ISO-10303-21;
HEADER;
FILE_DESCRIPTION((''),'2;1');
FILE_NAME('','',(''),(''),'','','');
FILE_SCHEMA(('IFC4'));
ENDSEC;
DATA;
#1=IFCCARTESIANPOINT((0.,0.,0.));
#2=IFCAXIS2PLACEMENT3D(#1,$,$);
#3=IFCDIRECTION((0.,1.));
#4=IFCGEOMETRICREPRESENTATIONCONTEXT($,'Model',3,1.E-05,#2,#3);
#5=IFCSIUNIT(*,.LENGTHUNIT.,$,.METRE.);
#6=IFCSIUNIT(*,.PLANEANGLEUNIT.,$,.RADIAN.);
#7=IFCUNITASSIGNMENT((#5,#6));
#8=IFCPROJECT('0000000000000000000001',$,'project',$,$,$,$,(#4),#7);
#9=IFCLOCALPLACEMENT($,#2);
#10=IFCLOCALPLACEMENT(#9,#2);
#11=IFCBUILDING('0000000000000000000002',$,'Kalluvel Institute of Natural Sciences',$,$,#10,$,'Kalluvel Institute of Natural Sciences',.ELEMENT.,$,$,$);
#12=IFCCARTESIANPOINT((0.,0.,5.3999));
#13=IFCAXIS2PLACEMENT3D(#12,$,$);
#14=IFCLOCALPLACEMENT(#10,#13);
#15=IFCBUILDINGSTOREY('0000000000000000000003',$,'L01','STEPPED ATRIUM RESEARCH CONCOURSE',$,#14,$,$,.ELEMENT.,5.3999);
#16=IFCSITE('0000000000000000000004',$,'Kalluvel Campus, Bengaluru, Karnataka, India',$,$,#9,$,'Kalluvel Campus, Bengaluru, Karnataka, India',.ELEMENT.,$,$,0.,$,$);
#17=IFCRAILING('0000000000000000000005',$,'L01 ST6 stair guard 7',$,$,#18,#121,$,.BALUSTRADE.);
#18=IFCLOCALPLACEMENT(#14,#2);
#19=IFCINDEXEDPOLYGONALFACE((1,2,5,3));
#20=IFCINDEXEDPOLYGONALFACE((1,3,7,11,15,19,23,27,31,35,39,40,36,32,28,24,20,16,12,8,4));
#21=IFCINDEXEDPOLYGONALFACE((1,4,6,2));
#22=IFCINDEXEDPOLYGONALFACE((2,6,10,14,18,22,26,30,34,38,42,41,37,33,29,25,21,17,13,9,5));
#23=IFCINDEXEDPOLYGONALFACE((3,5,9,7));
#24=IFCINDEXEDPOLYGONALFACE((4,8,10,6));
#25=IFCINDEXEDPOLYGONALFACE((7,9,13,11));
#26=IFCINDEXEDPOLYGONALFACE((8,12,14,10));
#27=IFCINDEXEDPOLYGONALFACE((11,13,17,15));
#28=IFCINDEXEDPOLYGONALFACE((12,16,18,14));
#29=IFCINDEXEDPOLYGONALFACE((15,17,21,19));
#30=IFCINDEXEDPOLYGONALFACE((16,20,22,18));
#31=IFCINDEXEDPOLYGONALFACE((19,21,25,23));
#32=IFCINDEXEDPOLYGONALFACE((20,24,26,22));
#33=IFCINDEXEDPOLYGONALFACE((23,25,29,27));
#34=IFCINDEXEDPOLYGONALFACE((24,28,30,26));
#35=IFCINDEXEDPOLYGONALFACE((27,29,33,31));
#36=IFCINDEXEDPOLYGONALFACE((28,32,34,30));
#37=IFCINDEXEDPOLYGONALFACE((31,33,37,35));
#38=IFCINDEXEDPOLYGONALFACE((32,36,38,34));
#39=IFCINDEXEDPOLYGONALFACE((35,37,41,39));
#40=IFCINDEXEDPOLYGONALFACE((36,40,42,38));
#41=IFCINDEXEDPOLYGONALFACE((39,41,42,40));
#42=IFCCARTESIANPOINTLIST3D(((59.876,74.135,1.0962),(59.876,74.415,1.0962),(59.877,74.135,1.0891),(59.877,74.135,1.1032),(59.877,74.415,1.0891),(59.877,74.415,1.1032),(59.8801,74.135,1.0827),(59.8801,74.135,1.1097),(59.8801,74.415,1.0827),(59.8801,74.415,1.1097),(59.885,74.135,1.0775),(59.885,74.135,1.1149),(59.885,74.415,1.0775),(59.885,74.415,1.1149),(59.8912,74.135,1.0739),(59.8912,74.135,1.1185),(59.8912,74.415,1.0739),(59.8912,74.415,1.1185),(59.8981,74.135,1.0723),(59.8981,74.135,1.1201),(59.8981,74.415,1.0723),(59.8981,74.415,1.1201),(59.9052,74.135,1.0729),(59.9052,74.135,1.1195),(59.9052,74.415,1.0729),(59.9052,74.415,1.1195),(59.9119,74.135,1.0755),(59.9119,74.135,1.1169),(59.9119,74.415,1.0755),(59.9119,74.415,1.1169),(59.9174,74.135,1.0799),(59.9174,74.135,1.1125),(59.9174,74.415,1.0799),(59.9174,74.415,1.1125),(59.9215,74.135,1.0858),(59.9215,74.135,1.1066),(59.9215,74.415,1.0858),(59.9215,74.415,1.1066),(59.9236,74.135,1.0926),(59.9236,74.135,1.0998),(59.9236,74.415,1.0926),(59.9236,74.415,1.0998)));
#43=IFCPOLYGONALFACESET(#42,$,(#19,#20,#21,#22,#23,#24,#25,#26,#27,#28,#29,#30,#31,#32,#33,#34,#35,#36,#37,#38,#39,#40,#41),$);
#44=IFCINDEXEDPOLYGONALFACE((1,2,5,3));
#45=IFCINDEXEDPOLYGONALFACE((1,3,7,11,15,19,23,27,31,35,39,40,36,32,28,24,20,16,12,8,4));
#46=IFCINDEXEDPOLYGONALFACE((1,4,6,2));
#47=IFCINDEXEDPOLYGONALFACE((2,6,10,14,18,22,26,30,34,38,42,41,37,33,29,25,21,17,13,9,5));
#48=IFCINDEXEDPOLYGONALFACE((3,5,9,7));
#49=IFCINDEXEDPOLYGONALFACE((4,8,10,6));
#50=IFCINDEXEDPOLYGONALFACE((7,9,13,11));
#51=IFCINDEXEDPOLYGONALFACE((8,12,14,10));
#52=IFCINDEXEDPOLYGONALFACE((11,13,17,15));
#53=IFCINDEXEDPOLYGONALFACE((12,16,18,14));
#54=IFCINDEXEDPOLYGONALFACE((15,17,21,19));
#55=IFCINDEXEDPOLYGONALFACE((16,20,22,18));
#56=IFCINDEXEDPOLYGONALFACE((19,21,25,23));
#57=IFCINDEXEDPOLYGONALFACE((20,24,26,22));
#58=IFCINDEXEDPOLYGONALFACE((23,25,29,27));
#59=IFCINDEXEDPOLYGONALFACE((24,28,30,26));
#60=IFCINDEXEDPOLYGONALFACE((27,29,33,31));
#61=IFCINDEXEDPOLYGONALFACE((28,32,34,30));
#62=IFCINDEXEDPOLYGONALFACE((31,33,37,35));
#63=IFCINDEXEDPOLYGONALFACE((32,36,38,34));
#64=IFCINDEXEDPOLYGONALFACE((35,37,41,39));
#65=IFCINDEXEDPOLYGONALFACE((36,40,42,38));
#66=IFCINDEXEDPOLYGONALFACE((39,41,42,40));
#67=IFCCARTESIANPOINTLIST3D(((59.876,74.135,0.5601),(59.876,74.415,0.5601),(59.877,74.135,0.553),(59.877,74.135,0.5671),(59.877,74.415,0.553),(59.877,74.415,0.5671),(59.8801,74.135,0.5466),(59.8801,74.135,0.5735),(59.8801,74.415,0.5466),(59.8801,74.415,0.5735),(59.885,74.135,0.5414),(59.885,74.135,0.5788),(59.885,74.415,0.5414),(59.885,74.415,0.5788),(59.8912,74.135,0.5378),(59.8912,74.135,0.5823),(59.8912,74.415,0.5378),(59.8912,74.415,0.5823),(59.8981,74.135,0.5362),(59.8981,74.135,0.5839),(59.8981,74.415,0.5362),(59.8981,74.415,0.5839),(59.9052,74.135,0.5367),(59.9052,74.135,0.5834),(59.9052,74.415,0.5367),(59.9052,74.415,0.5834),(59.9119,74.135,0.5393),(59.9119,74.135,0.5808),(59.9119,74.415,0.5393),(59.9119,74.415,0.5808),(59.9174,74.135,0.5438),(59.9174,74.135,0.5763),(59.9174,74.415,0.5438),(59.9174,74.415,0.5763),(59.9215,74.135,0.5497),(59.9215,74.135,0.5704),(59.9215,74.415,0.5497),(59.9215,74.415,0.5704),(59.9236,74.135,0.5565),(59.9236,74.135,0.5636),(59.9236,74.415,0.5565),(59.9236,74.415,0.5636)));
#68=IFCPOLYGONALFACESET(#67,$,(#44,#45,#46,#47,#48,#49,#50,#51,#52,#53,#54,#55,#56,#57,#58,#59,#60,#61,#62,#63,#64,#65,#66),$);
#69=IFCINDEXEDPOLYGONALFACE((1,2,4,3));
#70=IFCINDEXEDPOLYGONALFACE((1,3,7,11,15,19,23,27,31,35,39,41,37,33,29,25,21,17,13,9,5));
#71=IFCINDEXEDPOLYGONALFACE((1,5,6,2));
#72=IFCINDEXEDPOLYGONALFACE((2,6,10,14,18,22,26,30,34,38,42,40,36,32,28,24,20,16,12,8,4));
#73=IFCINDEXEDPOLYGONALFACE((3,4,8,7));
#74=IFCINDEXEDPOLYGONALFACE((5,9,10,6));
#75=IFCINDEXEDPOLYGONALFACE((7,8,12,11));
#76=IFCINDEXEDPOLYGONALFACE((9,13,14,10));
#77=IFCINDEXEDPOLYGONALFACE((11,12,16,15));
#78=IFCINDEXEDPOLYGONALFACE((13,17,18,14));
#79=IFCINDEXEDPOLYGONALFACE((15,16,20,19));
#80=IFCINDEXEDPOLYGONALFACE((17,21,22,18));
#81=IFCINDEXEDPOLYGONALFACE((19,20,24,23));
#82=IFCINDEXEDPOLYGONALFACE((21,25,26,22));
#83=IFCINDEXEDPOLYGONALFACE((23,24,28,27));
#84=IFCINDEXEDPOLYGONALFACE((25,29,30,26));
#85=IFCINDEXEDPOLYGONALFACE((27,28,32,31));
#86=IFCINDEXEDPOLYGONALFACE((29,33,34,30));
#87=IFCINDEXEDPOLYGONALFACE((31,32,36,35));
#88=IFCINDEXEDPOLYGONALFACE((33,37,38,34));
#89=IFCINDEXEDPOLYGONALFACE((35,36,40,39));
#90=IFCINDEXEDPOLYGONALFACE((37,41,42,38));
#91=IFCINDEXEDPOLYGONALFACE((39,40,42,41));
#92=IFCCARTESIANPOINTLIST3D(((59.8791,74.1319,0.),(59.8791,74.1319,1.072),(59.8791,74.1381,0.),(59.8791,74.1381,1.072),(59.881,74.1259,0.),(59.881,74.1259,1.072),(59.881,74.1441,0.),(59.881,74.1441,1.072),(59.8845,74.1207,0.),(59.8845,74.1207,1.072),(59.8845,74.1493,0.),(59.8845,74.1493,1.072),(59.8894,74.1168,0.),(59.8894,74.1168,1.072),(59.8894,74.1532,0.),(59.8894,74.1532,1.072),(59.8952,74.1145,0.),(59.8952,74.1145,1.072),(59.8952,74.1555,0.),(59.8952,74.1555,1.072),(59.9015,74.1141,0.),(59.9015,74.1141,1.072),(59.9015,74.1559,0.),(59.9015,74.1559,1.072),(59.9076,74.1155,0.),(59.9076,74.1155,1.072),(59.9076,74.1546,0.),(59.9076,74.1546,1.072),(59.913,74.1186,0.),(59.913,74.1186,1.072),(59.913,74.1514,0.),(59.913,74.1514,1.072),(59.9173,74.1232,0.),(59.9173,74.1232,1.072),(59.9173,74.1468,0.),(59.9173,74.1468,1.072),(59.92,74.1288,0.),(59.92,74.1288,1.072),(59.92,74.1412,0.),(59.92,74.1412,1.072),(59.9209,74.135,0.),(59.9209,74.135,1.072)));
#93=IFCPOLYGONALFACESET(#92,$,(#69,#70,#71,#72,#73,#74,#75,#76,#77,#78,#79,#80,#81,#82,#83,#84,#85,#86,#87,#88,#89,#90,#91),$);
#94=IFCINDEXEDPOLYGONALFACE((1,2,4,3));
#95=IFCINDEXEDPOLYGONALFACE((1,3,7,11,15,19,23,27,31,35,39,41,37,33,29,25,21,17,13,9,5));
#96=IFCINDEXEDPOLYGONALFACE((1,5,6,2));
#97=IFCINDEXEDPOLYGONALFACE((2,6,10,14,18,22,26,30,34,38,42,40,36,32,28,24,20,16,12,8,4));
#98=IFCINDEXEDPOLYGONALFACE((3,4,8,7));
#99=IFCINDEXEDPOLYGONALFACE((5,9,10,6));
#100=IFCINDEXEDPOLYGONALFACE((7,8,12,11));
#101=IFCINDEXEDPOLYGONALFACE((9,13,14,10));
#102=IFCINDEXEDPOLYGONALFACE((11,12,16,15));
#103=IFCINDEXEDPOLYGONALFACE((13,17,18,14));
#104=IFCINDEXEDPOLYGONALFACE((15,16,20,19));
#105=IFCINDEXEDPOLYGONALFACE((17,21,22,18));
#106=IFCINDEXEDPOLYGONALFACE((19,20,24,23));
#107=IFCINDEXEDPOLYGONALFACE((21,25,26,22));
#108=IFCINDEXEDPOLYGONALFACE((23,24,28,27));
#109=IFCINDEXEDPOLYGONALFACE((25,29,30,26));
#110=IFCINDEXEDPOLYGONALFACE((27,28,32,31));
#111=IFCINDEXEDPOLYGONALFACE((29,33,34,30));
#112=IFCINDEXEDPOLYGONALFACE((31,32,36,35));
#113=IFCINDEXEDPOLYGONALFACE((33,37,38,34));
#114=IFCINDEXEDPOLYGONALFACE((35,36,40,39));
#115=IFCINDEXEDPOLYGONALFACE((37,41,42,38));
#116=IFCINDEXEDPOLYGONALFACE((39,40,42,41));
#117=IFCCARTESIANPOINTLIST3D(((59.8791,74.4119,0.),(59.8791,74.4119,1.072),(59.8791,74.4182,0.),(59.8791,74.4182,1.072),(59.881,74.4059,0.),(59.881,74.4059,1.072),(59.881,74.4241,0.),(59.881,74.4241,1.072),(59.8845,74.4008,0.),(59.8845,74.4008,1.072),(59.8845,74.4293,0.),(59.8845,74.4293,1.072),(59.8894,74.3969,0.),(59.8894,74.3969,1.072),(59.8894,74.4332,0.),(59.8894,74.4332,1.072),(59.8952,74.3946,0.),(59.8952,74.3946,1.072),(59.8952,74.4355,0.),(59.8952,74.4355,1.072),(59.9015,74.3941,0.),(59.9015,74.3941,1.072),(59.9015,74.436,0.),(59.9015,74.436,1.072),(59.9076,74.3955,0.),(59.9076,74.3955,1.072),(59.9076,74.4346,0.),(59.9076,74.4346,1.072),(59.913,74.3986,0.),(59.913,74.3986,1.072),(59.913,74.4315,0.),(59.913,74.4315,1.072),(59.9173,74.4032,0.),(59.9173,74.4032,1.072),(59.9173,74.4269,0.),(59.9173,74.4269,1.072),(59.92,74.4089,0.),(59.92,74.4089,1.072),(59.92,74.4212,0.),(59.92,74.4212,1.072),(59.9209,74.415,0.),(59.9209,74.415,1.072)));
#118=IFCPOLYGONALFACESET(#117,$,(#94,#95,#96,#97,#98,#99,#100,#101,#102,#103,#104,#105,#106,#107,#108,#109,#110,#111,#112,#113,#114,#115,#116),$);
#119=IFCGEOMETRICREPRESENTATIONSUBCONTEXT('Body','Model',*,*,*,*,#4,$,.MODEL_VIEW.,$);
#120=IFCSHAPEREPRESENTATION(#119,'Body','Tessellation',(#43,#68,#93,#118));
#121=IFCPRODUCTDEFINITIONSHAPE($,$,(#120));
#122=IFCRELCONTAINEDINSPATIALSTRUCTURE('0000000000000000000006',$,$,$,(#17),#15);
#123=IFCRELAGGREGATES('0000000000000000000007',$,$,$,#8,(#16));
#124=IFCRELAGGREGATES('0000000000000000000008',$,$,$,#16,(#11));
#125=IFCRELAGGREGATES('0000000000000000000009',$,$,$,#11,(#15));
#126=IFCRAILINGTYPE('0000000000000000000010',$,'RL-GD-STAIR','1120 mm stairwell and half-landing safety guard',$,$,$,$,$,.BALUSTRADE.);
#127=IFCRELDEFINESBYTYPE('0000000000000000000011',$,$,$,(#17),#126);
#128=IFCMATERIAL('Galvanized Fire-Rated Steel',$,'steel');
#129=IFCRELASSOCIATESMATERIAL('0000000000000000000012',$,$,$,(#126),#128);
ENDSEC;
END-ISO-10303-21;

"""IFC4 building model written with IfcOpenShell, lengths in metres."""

from ifc_helpers import new_model, si_unit, direction, frame, origin, origin_2d, place, context, subcontext, project, spatial, circle, extrude, material, type_object, element, save


model = new_model("IFC4")

# Units and contexts
model_context = context("Model", 3, precision=1e-05, world=origin(), true_north=direction((0.0, 1.0)))
body_context = subcontext(model_context, "Body", "Model", "MODEL_VIEW")
ifc_project = project(units=[si_unit("LENGTHUNIT", "METRE"), si_unit("PLANEANGLEUNIT", "RADIAN")], contexts=[model_context])

# Site, building, storey
site_placement = place(None, origin())
site = spatial("IfcSite", under=ifc_project, at=site_placement, Name="Kalluvel Campus, Bengaluru, Karnataka, India", LongName="Kalluvel Campus, Bengaluru, Karnataka, India", CompositionType="ELEMENT", RefElevation=0.0)
building_placement = place(site_placement, origin())
building = spatial("IfcBuilding", under=site, at=building_placement, Name="Kalluvel Institute of Natural Sciences", LongName="Kalluvel Institute of Natural Sciences", CompositionType="ELEMENT")
storey_placement = place(building_placement, frame((0.0, 0.0, 5.3999)))
storey = spatial("IfcBuildingStorey", under=building, at=storey_placement, Name="L01", Description="STEPPED ATRIUM RESEARCH CONCOURSE", CompositionType="ELEMENT", Elevation=5.3999)

# Railing
ifc_material_1 = material(Name="Galvanized Fire-Rated Steel", Category="steel")
railing_type_1 = type_object("IfcRailingType", Name="RL-GD-STAIR", Description="1120 mm stairwell and half-landing safety guard", PredefinedType="BALUSTRADE", material=ifc_material_1)
railing_1_placement = place(storey_placement, frame((59.8999, 74.135, 0.0)))
element("IfcRailing", 1, at=railing_1_placement, inside=storey, type_object=railing_type_1, Name="L01 ST6 stair guard 7", PredefinedType="BALUSTRADE", context=body_context, shape_type="SweptSolid", body=[
    extrude(circle(Radius=0.0239, at=origin_2d()), frame((0.0, 0.0, 1.0962), z_axis=(0.0, 1.0, 0.0), x_axis=(-1.0, 0.0, 0.0)), (0.0, 0.0, 1.0), 0.28),
    extrude(circle(Radius=0.0239, at=origin_2d()), frame((0.0, 0.0, 0.5601), z_axis=(0.0, 1.0, 0.0), x_axis=(-1.0, 0.0, 0.0)), (0.0, 0.0, 1.0), 0.28),
    extrude(circle(Radius=0.021, at=origin_2d()), origin(), (0.0, 0.0, 1.0), 1.072),
    extrude(circle(Radius=0.021, at=origin_2d()), frame((0.0, 0.28, 0.0)), (0.0, 0.0, 1.0), 1.072),
])

save(model, "model.ifc")
